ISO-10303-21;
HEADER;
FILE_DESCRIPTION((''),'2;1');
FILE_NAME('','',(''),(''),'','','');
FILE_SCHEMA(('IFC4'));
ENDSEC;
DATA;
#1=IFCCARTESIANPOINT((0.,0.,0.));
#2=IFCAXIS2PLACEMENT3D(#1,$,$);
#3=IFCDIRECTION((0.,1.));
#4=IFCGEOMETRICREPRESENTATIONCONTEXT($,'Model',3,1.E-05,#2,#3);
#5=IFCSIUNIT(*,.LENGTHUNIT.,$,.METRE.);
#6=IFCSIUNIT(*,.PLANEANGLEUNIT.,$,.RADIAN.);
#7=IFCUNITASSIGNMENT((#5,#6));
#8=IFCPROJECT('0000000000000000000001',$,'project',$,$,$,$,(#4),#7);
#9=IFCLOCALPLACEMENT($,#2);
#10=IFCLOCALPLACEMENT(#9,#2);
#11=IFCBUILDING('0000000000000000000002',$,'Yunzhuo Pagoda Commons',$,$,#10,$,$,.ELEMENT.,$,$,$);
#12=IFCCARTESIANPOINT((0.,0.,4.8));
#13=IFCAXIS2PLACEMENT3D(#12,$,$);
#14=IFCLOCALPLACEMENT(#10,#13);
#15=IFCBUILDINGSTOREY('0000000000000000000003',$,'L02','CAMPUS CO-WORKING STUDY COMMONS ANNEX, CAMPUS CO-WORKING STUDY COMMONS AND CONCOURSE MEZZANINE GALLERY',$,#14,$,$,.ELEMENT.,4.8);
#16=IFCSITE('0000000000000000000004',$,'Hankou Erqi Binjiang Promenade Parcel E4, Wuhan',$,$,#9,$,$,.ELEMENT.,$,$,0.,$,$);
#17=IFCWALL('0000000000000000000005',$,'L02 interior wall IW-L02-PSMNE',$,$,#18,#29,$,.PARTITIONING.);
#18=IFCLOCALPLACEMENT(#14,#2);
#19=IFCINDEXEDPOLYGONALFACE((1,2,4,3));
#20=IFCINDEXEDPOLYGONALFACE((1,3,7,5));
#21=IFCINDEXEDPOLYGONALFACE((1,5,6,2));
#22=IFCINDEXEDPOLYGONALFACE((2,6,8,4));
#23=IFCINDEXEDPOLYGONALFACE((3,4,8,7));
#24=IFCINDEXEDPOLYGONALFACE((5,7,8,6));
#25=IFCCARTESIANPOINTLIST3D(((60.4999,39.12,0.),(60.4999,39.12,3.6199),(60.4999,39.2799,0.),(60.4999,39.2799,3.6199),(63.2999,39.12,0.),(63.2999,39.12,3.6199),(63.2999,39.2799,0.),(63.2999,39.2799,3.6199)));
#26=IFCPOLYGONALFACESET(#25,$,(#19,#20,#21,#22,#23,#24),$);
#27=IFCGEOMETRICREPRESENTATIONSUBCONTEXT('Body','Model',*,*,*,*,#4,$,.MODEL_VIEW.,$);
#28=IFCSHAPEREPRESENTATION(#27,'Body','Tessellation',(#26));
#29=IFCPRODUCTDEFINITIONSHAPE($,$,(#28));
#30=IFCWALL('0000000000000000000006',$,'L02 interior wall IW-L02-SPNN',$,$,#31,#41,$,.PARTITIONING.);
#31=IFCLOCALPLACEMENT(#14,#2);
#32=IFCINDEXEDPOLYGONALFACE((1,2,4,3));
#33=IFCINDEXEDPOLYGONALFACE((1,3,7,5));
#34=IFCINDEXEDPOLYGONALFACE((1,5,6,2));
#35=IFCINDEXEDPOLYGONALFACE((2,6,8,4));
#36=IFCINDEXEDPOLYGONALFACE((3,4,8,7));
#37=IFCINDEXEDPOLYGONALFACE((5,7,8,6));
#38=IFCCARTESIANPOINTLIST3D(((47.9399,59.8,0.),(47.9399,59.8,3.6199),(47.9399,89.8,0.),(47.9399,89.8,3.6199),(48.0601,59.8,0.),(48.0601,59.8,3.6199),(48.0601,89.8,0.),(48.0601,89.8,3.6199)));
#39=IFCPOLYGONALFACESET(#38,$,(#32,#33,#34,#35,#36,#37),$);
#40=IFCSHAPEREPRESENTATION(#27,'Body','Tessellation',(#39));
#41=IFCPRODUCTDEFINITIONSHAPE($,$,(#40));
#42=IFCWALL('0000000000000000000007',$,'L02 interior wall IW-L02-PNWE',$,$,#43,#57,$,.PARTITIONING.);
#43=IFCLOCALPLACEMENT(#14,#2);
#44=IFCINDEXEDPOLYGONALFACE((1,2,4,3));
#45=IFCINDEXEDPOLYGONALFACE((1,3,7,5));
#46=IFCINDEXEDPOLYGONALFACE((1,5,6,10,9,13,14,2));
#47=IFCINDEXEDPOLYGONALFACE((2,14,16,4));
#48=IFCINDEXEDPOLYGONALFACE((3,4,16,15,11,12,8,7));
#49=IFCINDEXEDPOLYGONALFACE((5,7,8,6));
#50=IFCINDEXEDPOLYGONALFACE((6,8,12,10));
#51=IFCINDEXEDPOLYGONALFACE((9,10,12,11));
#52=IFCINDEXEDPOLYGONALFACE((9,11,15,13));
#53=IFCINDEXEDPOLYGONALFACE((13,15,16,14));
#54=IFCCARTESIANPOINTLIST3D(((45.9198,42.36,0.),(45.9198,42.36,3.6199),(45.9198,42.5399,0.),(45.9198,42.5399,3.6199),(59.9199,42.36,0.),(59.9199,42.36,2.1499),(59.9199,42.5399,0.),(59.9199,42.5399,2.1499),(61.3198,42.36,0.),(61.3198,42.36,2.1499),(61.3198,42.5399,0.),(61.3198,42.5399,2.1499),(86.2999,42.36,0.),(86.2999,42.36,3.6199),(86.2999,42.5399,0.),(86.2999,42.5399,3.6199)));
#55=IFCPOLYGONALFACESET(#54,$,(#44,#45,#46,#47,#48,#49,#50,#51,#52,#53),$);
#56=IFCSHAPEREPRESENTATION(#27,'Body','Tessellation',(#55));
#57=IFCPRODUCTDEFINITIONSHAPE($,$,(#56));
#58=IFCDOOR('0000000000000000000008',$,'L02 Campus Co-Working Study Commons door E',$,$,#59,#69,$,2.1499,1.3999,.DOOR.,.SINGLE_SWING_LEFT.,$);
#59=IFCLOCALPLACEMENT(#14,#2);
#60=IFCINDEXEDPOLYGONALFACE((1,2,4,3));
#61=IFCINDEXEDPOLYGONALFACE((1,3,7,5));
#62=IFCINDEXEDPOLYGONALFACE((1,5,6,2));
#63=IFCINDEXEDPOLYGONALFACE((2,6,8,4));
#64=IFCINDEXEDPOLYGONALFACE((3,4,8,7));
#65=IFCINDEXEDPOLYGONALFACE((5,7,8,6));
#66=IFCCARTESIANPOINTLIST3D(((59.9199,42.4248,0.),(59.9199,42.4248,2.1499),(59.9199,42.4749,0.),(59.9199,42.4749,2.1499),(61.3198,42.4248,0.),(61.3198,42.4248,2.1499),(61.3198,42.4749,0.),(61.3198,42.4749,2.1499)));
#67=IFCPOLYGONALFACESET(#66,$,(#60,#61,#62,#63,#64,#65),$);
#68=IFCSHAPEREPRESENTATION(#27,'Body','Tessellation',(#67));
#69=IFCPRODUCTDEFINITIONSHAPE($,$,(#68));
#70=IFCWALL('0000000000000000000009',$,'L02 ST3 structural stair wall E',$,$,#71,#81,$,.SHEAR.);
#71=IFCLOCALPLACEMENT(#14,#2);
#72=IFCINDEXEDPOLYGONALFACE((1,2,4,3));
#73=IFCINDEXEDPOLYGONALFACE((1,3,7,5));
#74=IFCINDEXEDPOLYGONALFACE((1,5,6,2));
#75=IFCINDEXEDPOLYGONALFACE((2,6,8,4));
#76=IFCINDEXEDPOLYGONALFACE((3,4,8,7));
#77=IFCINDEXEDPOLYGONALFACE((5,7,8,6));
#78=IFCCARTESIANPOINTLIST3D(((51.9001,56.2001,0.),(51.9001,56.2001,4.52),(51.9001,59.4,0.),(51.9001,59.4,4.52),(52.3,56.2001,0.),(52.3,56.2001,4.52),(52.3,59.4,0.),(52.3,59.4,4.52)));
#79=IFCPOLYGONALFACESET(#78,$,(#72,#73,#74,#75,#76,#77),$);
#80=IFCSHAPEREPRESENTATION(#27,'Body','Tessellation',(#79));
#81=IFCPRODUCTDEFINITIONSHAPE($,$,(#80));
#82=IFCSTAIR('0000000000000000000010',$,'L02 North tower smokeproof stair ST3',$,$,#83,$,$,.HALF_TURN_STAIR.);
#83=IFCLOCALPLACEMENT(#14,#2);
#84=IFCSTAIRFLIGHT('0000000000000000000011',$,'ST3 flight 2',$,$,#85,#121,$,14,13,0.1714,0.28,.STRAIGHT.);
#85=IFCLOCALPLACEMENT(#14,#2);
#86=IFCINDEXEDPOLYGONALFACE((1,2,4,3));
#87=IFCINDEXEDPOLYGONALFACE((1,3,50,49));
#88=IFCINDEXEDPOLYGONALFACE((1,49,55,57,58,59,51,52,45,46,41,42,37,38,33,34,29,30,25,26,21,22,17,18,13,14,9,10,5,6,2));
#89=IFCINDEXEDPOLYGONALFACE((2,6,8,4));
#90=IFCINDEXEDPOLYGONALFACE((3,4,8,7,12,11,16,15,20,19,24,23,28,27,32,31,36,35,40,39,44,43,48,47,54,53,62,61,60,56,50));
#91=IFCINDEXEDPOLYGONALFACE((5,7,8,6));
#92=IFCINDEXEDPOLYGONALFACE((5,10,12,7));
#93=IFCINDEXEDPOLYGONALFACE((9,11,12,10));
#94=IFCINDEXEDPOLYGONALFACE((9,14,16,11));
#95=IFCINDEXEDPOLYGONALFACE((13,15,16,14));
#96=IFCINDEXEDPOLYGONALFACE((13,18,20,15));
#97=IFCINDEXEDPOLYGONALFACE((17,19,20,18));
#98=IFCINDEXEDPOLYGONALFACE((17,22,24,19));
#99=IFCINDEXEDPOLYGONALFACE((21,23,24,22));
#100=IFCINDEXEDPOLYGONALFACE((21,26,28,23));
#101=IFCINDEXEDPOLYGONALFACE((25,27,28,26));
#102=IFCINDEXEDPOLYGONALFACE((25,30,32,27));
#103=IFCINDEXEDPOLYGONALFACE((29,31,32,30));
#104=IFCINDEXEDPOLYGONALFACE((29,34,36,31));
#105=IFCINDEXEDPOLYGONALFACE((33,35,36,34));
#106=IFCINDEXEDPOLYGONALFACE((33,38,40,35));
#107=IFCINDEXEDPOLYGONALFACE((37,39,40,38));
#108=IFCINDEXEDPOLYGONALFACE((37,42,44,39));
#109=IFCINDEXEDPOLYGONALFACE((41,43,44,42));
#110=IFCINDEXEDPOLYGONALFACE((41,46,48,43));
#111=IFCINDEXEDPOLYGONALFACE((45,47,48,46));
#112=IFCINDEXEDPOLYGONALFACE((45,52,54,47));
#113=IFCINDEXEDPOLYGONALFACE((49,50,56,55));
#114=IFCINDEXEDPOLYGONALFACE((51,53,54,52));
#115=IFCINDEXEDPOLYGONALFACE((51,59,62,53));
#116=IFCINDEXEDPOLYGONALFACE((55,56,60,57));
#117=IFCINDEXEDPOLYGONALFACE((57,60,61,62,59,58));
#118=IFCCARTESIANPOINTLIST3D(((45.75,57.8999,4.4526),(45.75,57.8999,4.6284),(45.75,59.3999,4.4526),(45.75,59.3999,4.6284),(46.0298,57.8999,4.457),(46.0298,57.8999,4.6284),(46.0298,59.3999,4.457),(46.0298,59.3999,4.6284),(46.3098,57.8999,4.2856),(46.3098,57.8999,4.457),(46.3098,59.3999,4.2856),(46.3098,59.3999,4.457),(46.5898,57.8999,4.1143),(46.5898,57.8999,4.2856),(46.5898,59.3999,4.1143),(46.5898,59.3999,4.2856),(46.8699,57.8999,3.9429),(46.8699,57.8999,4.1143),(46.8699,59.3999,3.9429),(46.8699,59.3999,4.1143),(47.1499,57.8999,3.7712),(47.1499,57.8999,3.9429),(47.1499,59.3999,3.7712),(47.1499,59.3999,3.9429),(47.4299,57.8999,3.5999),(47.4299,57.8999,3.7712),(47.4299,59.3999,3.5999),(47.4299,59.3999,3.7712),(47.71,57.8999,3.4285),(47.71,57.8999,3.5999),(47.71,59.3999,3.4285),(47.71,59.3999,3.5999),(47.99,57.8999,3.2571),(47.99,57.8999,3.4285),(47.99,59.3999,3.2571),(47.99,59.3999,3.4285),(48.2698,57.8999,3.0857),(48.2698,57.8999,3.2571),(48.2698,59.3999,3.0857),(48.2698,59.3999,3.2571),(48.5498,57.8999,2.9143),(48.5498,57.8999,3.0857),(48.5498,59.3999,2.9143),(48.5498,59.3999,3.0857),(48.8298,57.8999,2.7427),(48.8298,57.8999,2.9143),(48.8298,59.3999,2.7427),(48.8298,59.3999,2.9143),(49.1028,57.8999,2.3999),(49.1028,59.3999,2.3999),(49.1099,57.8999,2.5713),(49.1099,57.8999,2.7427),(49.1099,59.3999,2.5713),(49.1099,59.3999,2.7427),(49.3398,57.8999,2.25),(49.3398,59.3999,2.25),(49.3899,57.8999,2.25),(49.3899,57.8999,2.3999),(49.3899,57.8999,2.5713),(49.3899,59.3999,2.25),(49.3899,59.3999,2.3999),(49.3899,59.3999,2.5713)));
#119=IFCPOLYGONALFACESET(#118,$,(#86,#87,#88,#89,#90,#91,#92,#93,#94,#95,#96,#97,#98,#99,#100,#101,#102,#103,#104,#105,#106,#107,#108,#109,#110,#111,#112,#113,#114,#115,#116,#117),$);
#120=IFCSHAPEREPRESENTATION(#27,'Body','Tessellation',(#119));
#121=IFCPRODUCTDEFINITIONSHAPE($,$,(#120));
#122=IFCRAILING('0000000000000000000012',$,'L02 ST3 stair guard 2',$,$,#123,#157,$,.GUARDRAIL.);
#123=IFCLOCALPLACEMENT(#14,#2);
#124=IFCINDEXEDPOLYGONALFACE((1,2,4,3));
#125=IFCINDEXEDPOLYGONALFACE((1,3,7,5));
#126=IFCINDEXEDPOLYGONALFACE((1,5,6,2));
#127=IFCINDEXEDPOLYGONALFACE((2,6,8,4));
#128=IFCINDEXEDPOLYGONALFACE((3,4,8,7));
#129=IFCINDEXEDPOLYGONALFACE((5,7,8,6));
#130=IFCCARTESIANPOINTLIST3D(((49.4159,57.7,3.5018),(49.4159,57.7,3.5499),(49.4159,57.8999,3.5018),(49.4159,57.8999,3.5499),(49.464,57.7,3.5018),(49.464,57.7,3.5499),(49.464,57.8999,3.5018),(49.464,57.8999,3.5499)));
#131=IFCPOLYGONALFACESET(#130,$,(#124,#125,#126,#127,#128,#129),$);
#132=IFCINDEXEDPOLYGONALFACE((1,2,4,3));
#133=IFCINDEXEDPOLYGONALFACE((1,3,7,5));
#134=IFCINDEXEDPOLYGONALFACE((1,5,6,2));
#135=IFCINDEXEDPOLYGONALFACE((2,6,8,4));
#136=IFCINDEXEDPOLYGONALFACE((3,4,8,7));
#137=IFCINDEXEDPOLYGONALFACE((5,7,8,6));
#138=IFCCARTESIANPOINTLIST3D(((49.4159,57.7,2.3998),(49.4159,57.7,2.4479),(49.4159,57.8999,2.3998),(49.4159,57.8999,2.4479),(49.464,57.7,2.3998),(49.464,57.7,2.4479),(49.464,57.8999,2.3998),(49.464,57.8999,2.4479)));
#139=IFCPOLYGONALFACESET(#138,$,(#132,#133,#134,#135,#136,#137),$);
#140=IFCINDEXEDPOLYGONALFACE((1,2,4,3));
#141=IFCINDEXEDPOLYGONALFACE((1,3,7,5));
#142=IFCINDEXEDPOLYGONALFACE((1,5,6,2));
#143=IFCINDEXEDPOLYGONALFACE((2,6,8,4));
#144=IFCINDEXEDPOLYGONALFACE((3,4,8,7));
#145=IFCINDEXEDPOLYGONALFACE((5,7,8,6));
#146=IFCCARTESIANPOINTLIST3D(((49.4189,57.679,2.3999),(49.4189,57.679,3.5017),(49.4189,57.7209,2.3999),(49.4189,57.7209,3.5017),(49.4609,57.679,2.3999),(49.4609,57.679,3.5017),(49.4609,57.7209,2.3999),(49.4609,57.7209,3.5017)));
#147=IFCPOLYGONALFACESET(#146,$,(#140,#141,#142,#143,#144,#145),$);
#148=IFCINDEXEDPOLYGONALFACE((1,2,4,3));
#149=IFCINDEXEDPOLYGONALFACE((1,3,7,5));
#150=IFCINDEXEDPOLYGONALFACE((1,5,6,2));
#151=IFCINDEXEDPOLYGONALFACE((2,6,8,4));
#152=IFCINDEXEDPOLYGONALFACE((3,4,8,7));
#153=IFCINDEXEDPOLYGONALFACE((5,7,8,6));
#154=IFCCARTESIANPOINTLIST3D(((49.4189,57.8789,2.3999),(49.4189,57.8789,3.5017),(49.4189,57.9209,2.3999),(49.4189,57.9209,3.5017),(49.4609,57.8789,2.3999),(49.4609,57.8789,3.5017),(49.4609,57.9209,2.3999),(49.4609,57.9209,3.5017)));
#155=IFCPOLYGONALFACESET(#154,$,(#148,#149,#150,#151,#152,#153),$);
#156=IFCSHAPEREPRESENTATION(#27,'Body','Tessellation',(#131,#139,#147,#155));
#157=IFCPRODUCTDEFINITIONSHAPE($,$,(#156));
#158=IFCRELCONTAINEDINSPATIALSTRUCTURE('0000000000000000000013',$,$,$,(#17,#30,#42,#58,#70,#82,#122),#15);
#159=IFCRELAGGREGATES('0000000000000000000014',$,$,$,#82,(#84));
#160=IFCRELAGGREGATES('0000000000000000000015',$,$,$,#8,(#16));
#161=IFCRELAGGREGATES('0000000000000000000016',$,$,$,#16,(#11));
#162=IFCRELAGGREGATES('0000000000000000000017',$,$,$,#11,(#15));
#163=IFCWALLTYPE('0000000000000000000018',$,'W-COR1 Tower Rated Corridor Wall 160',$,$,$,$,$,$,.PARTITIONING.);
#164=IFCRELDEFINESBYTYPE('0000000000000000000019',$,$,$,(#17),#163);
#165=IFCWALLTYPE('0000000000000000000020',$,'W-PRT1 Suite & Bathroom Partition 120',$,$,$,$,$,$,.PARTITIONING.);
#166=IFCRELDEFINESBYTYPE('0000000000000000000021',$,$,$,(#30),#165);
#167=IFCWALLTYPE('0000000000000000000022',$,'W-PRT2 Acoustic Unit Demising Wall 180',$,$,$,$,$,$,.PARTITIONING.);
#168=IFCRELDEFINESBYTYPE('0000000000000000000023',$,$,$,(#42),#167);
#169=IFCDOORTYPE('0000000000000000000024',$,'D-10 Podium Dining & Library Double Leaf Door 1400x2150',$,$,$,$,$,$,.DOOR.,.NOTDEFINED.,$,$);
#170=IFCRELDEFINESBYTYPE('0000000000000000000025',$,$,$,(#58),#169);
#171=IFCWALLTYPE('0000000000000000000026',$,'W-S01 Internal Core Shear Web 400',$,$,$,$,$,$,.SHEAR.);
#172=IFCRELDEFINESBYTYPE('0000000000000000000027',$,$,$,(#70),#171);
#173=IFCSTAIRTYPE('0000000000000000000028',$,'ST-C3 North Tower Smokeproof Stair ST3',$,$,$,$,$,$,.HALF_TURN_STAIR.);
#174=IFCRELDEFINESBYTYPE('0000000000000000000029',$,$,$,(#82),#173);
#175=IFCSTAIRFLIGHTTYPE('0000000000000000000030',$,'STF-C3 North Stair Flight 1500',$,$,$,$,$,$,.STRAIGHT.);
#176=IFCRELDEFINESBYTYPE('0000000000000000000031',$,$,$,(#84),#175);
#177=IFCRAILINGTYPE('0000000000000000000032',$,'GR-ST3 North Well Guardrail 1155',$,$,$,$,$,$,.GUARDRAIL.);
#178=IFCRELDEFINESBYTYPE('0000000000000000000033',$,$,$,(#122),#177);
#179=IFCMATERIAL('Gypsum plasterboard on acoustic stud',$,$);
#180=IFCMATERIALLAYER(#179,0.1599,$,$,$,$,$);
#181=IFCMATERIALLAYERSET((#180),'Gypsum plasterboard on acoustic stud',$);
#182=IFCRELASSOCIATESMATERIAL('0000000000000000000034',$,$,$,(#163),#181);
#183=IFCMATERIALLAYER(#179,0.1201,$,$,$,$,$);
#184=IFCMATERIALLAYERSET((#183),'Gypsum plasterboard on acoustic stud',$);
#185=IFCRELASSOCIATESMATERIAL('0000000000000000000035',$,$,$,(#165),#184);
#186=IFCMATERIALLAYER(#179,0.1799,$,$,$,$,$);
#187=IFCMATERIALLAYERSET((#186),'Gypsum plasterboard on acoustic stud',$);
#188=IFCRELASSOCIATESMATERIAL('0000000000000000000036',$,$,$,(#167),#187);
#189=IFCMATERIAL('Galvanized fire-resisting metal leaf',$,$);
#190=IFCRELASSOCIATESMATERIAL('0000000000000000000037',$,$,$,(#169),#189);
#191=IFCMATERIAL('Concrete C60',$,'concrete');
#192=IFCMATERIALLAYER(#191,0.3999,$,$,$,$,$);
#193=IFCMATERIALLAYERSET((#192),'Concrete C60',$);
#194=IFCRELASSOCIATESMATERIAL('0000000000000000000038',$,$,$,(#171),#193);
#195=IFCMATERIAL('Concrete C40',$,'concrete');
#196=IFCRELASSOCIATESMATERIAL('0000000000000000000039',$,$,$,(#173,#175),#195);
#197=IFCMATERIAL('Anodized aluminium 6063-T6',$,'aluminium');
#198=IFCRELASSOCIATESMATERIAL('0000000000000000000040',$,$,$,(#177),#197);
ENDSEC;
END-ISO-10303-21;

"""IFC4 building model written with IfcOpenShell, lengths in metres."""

from ifc_helpers import new_model, si_unit, direction, frame, frame_2d, origin, origin_with_axes, origin_2d, place, context, subcontext, project, spatial, polyline, rectangle, outline, extrude, source, transform, mapped, material, layer, layer_set, type_object, element, fill, aggregate, save


model = new_model("IFC4")

# Units and contexts
model_context = context("Model", 3, precision=1e-05, world=origin(), true_north=direction((0.0, 1.0)))
body_context = subcontext(model_context, "Body", "Model", "MODEL_VIEW")
ifc_project = project(units=[si_unit("LENGTHUNIT", "METRE"), si_unit("PLANEANGLEUNIT", "RADIAN")], contexts=[model_context])

# Site, building, storey
site_placement = place(None, origin())
site = spatial("IfcSite", under=ifc_project, at=site_placement, Name="Hankou Erqi Binjiang Promenade Parcel E4, Wuhan", CompositionType="ELEMENT", RefElevation=0.0)
building_placement = place(site_placement, origin())
building = spatial("IfcBuilding", under=site, at=building_placement, Name="Yunzhuo Pagoda Commons", CompositionType="ELEMENT")
storey_placement = place(building_placement, frame((0.0, 0.0, 4.8)))
storey = spatial("IfcBuildingStorey", under=building, at=storey_placement, Name="L02", Description="CAMPUS CO-WORKING STUDY COMMONS ANNEX, CAMPUS CO-WORKING STUDY COMMONS AND CONCOURSE MEZZANINE GALLERY", CompositionType="ELEMENT", Elevation=4.8)

# Shared definitions
ifc_material_1 = material(Name="Concrete C60", Category="concrete")
ifc_material_2 = material(Name="Galvanized fire-resisting metal leaf")

# Walls
ifc_material_3 = material(Name="Gypsum plasterboard on acoustic stud")
ifc_layer_1 = layer(ifc_material_3, 0.1599)
ifc_layer_set_1 = layer_set([ifc_layer_1], Name="Gypsum plasterboard on acoustic stud")
wall_type_1 = type_object("IfcWallType", Name="W-COR1 Tower Rated Corridor Wall 160", PredefinedType="PARTITIONING", material=ifc_layer_set_1)
wall_1_placement = place(storey_placement, frame((60.5, 39.2, 0.0), z_axis=(0.0, 0.0, 1.0), x_axis=(1.0, 0.0, 0.0)))
element("IfcWall", 1, at=wall_1_placement, inside=storey, type_object=wall_type_1, Name="L02 interior wall IW-L02-PSMNE", PredefinedType="PARTITIONING", context=body_context, shape_type="SweptSolid", body=[
    extrude(rectangle(XDim=2.8, YDim=0.1599, at=frame_2d((1.3999, 0.0))), origin(), (0.0, 0.0, 1.0), 3.6199),
])
ifc_layer_2 = layer(ifc_material_3, 0.1201)
ifc_layer_set_2 = layer_set([ifc_layer_2], Name="Gypsum plasterboard on acoustic stud")
wall_type_2 = type_object("IfcWallType", Name="W-PRT1 Suite & Bathroom Partition 120", PredefinedType="PARTITIONING", material=ifc_layer_set_2)
wall_2_placement = place(storey_placement, frame((48.0, 59.8, 0.0), z_axis=(0.0, 0.0, 1.0), x_axis=(0.0, 1.0, 0.0)))
element("IfcWall", 2, at=wall_2_placement, inside=storey, type_object=wall_type_2, Name="L02 interior wall IW-L02-SPNN", PredefinedType="PARTITIONING", context=body_context, shape_type="SweptSolid", body=[
    extrude(rectangle(XDim=30.0, YDim=0.1201, at=frame_2d((15.0, 0.0))), origin(), (0.0, 0.0, 1.0), 3.6199),
])

# Wall, opening, door
ifc_layer_3 = layer(ifc_material_3, 0.1799)
ifc_layer_set_3 = layer_set([ifc_layer_3], Name="Gypsum plasterboard on acoustic stud")
wall_type_3 = type_object("IfcWallType", Name="W-PRT2 Acoustic Unit Demising Wall 180", PredefinedType="PARTITIONING", material=ifc_layer_set_3)
wall_3_placement = place(storey_placement, frame((45.9199, 42.45, 0.0), z_axis=(0.0, 0.0, 1.0), x_axis=(1.0, 0.0, 0.0)))
wall_3 = element("IfcWall", 3, at=wall_3_placement, inside=storey, type_object=wall_type_3, Name="L02 interior wall IW-L02-PNWE", PredefinedType="PARTITIONING", context=body_context, shape_type="SweptSolid", body=[
    extrude(rectangle(XDim=40.3801, YDim=0.1799, at=frame_2d((20.1899, 0.0))), origin(), (0.0, 0.0, 1.0), 3.6199),
])
opening_1_placement = place(wall_3_placement, frame((14.0, 0.0, 0.0)))
opening_1 = element("IfcOpeningElement", 4, at=opening_1_placement, cuts=wall_3, PredefinedType="OPENING", context=body_context, shape_type="SweptSolid", body=[
    extrude(rectangle(XDim=1.3999, YDim=2.1499, at=frame_2d((0.7, 1.075))), frame((0.0, 0.1001, 0.0), z_axis=(0.0, -1.0, 0.0), x_axis=(1.0, 0.0, 0.0)), (0.0, 0.0, 1.0), 0.2),
])
door_type_1 = type_object("IfcDoorType", Name="D-10 Podium Dining & Library Double Leaf Door 1400x2150", OperationType="NOTDEFINED", PredefinedType="DOOR", material=ifc_material_2)
shared_shape_1 = source(origin(), body_context, "Body", "SweptSolid", [
    extrude(rectangle(XDim=1.3999, YDim=2.1499, at=frame_2d((0.7, 1.075))), frame((0.0, 0.0249, 0.0), z_axis=(0.0, -1.0, 0.0), x_axis=(1.0, 0.0, 0.0)), (0.0, 0.0, 1.0), 0.05),
])
door_1_placement = place(opening_1_placement, origin_with_axes())
door_1 = element("IfcDoor", 5, at=door_1_placement, inside=storey, type_object=door_type_1, Name="L02 Campus Co-Working Study Commons door E", OperationType="SINGLE_SWING_LEFT", OverallHeight=2.1499, OverallWidth=1.3999, PredefinedType="DOOR", context=body_context, shape_type="MappedRepresentation", body=[
    mapped(shared_shape_1, transform((0.0, 0.0, 0.0), scale=1.0)),
])
fill(opening_1, door_1)

# Wall
ifc_layer_4 = layer(ifc_material_1, 0.3999)
ifc_layer_set_4 = layer_set([ifc_layer_4], Name="Concrete C60")
wall_type_4 = type_object("IfcWallType", Name="W-S01 Internal Core Shear Web 400", PredefinedType="SHEAR", material=ifc_layer_set_4)
wall_4_placement = place(storey_placement, frame((52.1001, 56.2, 0.0), z_axis=(0.0, 0.0, 1.0), x_axis=(0.0, 1.0, 0.0)))
element("IfcWall", 6, at=wall_4_placement, inside=storey, type_object=wall_type_4, Name="L02 ST3 structural stair wall E", PredefinedType="SHEAR", context=body_context, shape_type="SweptSolid", body=[
    extrude(rectangle(XDim=3.2, YDim=0.3999, at=frame_2d((1.6001, 0.0))), origin(), (0.0, 0.0, 1.0), 4.52),
])

# Stair, stair flight
ifc_material_4 = material(Name="Concrete C40", Category="concrete")
stair_type = type_object("IfcStairType", Name="ST-C3 North Tower Smokeproof Stair ST3", PredefinedType="HALF_TURN_STAIR", material=ifc_material_4)
stair_placement = place(storey_placement, origin())
stair = element("IfcStair", 7, at=stair_placement, inside=storey, type_object=stair_type, Name="L02 North tower smokeproof stair ST3", PredefinedType="HALF_TURN_STAIR")
stair_flight_type = type_object("IfcStairFlightType", Name="STF-C3 North Stair Flight 1500", PredefinedType="STRAIGHT", material=ifc_material_4)
shared_shape_2 = source(origin(), body_context, "Body", "SweptSolid", [
    extrude(outline(polyline([(0.0, -0.1499), (0.0, 0.0), (0.0, 0.1714), (0.28, 0.1714), (0.28, 0.3428), (0.5601, 0.3428), (0.5601, 0.5144), (0.8401, 0.5144), (0.8401, 0.6858), (1.1201, 0.6858), (1.1201, 0.8572), (1.3999, 0.8572), (1.3999, 1.0286), (1.6799, 1.0286), (1.6799, 1.2), (1.96, 1.2), (1.96, 1.3713), (2.24, 1.3713), (2.24, 1.543), (2.52, 1.543), (2.52, 1.7144), (2.8, 1.7144), (2.8, 1.8857), (3.0801, 1.8857), (3.0801, 2.0571), (3.3601, 2.0571), (3.3601, 2.2285), (3.6399, 2.2285), (3.6399, 2.3999), (3.6399, 2.0527), (0.2871, 0.0), (0.05, -0.1499), (0.0, -0.1499)])), frame((0.0, 0.75, 0.0), z_axis=(0.0, -1.0, 0.0), x_axis=(1.0, 0.0, 0.0)), (0.0, 0.0, 1.0), 1.5),
])
stair_flight_placement = place(storey_placement, frame((49.3899, 58.6499, 2.3999), z_axis=(0.0, 0.0, 1.0), x_axis=(-1.0, 0.0, 0.0)))
stair_flight = element("IfcStairFlight", 8, at=stair_flight_placement, type_object=stair_flight_type, Name="ST3 flight 2", NumberOfRisers=14, NumberOfTreads=13, PredefinedType="STRAIGHT", RiserHeight=0.1714, TreadLength=0.28, context=body_context, shape_type="MappedRepresentation", body=[
    mapped(shared_shape_2, transform((0.0, 0.0, 0.0), scale=1.0)),
])
aggregate(stair, [stair_flight])

# Railing
ifc_material_5 = material(Name="Anodized aluminium 6063-T6", Category="aluminium")
railing_type_1 = type_object("IfcRailingType", Name="GR-ST3 North Well Guardrail 1155", PredefinedType="GUARDRAIL", material=ifc_material_5)
railing_1_placement = place(storey_placement, frame((49.4399, 57.7, 2.3999)))
element("IfcRailing", 9, at=railing_1_placement, inside=storey, type_object=railing_type_1, Name="L02 ST3 stair guard 2", PredefinedType="GUARDRAIL", context=body_context, shape_type="SweptSolid", body=[
    extrude(rectangle(XDim=0.0481, YDim=0.0481, at=origin_2d()), frame((0.0, 0.0, 1.126), z_axis=(0.0, 1.0, 0.0), x_axis=(-1.0, 0.0, 0.0)), (0.0, 0.0, 1.0), 0.2),
    extrude(rectangle(XDim=0.0481, YDim=0.0481, at=origin_2d()), frame((0.0, 0.0, 0.0239), z_axis=(0.0, 1.0, 0.0), x_axis=(-1.0, 0.0, 0.0)), (0.0, 0.0, 1.0), 0.2),
    extrude(rectangle(XDim=0.042, YDim=0.042, at=origin_2d()), origin(), (0.0, 0.0, 1.0), 1.1018),
    extrude(rectangle(XDim=0.042, YDim=0.042, at=origin_2d()), frame((0.0, 0.2, 0.0)), (0.0, 0.0, 1.0), 1.1018),
])

save(model, "model.ifc")
